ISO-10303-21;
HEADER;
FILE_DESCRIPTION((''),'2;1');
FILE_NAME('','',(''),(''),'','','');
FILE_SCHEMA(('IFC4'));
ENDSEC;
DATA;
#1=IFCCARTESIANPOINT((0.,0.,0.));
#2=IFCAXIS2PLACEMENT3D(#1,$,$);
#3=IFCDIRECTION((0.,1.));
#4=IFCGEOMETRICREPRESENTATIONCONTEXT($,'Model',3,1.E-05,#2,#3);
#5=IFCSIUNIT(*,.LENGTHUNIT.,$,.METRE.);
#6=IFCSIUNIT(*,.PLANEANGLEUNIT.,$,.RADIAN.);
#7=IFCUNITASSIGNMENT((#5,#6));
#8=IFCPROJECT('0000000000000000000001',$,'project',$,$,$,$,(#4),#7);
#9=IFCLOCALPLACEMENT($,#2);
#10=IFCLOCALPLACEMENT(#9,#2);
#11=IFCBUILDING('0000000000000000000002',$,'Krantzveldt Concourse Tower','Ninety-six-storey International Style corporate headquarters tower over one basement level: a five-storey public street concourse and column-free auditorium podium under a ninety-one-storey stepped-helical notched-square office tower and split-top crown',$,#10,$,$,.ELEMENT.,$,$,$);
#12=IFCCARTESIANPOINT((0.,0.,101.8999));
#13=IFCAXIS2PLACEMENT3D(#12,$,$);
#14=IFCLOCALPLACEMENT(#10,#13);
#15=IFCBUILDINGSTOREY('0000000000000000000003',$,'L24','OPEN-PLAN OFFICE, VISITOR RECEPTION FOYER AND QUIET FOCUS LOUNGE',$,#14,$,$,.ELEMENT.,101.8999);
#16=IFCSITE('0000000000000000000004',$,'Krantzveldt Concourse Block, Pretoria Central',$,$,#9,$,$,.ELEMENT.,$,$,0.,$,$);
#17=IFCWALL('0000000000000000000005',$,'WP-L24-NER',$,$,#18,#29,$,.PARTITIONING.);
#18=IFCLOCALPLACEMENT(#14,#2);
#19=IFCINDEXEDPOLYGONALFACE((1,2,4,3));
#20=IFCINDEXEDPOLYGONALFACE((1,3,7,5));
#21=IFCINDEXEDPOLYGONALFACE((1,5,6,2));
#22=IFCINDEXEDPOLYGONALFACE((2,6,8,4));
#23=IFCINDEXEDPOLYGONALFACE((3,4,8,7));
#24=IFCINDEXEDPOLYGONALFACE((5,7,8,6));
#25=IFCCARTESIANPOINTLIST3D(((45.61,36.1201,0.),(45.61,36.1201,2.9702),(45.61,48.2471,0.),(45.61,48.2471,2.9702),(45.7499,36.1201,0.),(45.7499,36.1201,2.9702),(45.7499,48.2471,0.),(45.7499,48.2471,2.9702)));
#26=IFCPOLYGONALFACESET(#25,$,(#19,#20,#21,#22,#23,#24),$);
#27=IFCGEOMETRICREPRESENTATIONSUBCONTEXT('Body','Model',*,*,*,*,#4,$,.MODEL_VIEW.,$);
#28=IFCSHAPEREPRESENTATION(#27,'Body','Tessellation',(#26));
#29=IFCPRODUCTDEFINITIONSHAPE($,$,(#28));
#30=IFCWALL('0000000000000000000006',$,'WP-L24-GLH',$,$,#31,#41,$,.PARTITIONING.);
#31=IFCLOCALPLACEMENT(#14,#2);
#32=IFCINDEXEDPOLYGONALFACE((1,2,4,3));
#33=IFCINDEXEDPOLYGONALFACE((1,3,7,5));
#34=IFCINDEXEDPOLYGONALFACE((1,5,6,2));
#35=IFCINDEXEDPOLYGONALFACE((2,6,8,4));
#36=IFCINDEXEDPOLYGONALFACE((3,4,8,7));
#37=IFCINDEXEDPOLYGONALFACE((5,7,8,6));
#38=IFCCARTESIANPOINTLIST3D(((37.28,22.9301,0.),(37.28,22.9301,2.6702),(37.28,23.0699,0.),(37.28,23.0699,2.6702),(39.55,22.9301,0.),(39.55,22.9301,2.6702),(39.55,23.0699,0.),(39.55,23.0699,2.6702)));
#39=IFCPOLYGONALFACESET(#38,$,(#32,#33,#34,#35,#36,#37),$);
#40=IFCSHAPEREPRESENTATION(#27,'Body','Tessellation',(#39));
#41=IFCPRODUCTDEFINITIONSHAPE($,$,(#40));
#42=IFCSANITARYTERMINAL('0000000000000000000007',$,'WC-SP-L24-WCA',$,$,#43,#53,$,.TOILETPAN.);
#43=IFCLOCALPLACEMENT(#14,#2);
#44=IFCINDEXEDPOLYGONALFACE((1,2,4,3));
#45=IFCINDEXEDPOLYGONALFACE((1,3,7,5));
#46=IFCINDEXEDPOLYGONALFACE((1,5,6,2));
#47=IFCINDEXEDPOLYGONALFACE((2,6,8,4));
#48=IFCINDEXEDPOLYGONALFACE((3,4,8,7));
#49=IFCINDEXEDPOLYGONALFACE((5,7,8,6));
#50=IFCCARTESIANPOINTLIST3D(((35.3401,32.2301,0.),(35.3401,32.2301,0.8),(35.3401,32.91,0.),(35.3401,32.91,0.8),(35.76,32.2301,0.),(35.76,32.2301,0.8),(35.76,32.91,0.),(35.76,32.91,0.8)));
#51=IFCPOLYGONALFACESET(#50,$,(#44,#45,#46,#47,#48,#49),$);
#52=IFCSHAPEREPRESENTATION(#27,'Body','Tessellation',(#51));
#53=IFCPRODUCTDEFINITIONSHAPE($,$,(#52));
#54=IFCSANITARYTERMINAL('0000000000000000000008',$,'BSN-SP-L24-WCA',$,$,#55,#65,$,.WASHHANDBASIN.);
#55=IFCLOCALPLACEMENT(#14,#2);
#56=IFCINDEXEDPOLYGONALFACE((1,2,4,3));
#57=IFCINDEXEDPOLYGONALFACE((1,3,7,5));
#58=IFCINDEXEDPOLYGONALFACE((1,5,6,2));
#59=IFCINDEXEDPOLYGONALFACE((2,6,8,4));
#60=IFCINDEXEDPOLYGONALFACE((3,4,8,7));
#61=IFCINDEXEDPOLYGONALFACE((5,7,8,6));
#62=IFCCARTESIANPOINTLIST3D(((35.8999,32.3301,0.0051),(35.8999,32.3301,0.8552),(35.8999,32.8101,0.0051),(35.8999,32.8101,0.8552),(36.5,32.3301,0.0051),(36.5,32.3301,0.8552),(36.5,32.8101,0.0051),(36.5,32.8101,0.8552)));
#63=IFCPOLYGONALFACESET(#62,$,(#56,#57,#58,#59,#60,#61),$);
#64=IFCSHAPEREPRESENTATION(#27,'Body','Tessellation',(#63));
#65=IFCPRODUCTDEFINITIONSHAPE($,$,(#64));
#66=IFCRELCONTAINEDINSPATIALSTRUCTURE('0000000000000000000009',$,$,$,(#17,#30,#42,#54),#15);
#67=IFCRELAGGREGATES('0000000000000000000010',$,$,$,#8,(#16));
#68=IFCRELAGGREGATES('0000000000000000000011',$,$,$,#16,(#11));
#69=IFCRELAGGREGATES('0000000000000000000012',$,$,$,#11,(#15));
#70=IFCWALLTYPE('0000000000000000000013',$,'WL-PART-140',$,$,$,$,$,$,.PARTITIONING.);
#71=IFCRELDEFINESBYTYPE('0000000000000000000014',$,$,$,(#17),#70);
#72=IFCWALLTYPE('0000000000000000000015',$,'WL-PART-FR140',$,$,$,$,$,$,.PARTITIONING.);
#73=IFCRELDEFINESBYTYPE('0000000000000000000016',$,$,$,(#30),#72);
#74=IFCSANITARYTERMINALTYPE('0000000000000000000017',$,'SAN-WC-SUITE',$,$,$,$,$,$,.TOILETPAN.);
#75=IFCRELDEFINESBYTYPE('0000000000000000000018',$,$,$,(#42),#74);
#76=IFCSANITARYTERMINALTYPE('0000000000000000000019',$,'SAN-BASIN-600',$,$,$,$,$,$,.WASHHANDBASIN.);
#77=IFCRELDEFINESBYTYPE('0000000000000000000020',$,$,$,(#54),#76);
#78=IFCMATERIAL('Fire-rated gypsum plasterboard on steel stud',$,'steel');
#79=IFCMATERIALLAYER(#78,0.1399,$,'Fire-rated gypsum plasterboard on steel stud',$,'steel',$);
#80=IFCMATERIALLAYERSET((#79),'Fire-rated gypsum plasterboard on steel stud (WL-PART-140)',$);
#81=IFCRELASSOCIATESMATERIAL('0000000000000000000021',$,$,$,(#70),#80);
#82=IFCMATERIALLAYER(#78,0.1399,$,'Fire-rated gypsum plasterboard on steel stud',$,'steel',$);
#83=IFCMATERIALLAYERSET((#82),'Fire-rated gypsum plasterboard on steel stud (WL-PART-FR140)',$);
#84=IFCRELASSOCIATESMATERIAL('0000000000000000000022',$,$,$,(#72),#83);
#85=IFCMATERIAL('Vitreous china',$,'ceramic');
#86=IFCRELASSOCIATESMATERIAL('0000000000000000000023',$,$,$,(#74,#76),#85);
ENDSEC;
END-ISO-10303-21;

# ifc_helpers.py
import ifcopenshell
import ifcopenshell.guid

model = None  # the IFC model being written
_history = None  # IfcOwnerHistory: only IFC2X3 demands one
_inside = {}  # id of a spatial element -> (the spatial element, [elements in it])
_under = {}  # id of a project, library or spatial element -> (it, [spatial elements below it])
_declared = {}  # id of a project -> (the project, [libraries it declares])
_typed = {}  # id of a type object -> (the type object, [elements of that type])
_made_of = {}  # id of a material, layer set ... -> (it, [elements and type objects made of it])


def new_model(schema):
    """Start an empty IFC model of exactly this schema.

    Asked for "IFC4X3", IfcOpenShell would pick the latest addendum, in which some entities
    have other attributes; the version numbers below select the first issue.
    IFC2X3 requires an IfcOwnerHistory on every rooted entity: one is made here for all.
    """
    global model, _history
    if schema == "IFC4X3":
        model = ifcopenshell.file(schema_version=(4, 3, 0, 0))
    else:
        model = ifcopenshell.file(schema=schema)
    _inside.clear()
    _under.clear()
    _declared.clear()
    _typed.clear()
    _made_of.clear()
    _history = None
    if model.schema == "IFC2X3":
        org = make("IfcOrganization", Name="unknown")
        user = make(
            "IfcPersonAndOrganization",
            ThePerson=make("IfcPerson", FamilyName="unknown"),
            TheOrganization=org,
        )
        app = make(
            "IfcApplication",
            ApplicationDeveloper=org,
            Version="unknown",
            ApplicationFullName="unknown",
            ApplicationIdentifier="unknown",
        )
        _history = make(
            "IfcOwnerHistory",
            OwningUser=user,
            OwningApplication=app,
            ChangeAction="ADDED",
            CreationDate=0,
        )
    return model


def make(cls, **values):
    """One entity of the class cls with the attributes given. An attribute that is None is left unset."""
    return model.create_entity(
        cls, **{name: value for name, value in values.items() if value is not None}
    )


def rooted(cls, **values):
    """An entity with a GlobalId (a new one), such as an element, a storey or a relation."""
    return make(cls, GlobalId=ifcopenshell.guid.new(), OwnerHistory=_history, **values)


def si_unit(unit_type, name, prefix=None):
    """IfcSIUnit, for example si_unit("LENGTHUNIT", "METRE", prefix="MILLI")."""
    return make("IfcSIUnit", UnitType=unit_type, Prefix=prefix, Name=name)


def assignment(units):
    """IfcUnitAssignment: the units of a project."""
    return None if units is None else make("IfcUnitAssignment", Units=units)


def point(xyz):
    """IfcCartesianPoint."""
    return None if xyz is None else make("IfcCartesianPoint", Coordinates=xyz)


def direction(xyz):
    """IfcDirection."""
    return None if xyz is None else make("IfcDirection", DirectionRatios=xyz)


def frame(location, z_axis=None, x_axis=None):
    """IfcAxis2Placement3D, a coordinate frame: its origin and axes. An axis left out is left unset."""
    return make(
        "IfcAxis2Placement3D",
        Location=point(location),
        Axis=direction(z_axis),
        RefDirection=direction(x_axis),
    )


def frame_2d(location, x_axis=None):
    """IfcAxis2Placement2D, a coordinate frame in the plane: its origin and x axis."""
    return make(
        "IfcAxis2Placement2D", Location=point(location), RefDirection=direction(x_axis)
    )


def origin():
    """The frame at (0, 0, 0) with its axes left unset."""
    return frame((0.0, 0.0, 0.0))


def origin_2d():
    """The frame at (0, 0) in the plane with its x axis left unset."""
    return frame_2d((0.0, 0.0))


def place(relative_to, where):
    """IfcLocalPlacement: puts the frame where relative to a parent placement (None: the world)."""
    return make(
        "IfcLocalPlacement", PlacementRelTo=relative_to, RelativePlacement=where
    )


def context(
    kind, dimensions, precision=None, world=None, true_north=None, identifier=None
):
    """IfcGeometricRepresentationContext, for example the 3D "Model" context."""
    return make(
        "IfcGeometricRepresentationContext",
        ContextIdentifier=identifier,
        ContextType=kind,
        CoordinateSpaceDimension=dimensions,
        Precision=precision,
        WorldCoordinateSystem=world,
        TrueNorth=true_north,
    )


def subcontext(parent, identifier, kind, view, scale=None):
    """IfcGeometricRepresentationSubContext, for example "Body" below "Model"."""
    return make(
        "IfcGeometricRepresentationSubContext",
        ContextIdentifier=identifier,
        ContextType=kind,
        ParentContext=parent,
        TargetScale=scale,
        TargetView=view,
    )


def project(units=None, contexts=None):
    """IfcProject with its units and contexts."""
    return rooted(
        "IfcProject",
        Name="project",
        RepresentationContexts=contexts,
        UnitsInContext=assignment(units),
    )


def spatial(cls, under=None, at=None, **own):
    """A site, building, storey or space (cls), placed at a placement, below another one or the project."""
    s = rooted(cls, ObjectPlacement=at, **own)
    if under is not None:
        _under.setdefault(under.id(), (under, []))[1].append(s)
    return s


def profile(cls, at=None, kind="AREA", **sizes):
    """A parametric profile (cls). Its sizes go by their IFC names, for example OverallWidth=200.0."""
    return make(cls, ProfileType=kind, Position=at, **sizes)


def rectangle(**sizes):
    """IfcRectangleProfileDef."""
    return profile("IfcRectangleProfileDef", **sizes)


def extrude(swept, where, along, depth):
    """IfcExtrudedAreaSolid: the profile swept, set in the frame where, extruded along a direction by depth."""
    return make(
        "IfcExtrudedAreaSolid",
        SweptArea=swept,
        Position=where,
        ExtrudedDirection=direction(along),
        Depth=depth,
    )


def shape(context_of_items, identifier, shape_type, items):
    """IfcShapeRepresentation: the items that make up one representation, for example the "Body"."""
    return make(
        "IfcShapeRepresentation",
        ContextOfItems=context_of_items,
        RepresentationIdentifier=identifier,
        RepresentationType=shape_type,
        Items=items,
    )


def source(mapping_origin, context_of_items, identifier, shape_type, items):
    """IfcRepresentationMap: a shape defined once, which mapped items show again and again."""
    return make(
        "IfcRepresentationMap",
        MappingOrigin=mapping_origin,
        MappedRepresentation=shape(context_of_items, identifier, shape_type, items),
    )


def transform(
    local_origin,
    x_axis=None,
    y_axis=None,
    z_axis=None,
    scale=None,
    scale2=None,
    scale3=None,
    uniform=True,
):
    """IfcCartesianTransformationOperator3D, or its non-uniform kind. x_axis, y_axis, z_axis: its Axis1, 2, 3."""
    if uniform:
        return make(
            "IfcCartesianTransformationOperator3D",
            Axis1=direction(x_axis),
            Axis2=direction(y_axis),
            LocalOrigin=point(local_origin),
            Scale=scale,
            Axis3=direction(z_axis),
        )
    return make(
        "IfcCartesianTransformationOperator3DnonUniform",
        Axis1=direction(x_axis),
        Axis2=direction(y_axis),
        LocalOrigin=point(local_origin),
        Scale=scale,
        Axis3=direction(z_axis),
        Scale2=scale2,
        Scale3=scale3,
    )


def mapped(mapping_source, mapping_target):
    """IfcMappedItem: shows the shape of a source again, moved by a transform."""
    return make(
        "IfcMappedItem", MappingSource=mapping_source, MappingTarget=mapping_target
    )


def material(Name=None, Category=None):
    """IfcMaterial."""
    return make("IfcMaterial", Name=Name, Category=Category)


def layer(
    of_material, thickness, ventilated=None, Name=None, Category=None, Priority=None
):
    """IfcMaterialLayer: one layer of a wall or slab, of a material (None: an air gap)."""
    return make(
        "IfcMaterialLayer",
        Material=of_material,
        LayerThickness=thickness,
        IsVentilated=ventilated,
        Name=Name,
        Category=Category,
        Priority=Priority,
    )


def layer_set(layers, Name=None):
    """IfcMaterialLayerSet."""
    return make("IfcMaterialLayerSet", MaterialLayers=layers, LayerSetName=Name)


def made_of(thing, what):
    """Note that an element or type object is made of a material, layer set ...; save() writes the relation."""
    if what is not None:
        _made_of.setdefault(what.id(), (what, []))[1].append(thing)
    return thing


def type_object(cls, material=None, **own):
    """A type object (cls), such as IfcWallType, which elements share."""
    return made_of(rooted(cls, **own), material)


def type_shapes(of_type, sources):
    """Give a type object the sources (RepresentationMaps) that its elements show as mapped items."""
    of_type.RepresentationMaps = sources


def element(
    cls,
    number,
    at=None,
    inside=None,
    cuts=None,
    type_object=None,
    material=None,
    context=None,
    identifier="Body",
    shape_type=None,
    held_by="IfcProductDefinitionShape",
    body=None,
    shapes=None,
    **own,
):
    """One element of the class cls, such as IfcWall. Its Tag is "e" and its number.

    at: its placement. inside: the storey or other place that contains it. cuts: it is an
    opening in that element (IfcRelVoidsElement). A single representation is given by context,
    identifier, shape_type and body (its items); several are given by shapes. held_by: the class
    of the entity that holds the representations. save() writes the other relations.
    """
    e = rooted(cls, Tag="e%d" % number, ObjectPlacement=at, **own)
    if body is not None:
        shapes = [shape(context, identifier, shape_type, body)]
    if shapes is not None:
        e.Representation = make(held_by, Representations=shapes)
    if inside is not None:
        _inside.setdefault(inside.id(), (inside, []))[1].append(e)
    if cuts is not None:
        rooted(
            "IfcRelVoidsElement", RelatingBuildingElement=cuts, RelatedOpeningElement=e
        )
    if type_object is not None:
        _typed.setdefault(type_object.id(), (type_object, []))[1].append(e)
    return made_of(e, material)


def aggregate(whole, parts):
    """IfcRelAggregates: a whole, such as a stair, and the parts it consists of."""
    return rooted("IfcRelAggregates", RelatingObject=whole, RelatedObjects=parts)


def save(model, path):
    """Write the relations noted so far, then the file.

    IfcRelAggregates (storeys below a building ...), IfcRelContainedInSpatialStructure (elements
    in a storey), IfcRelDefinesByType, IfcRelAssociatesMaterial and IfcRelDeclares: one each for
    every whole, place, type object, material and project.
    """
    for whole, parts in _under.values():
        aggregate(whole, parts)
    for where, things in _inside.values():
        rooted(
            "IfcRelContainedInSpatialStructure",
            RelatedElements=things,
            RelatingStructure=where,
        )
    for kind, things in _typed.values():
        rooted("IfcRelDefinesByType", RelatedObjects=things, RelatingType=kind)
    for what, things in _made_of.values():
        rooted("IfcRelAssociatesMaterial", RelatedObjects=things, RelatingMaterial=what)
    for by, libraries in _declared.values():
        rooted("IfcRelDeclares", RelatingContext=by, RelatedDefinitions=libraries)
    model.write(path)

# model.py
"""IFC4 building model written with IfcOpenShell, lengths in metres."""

from ifc_helpers import new_model, si_unit, direction, frame, frame_2d, origin, origin_2d, place, context, subcontext, project, spatial, rectangle, extrude, source, transform, mapped, material, layer, layer_set, type_object, type_shapes, element, save


model = new_model("IFC4")

# Units and contexts
model_context = context("Model", 3, precision=1e-05, world=origin(), true_north=direction((0.0, 1.0)))
body_context = subcontext(model_context, "Body", "Model", "MODEL_VIEW")
ifc_project = project(units=[si_unit("LENGTHUNIT", "METRE"), si_unit("PLANEANGLEUNIT", "RADIAN")], contexts=[model_context])

# Site, building, storey
site_placement = place(None, origin())
site = spatial("IfcSite", under=ifc_project, at=site_placement, Name="Krantzveldt Concourse Block, Pretoria Central", CompositionType="ELEMENT", RefElevation=0.0)
building_placement = place(site_placement, origin())
building = spatial("IfcBuilding", under=site, at=building_placement, Name="Krantzveldt Concourse Tower", Description="Ninety-six-storey International Style corporate headquarters tower over one basement level: a five-storey public street concourse and column-free auditorium podium under a ninety-one-storey stepped-helical notched-square office tower and split-top crown", CompositionType="ELEMENT")
storey_placement = place(building_placement, frame((0.0, 0.0, 101.8999)))
storey = spatial("IfcBuildingStorey", under=building, at=storey_placement, Name="L24", Description="OPEN-PLAN OFFICE, VISITOR RECEPTION FOYER AND QUIET FOCUS LOUNGE", CompositionType="ELEMENT", Elevation=101.8999)

# Walls
ifc_material_1 = material(Name="Fire-rated gypsum plasterboard on steel stud", Category="steel")
ifc_layer_1 = layer(ifc_material_1, 0.1399, Name="Fire-rated gypsum plasterboard on steel stud", Category="steel")
ifc_layer_set_1 = layer_set([ifc_layer_1], Name="Fire-rated gypsum plasterboard on steel stud (WL-PART-140)")
wall_type_1 = type_object("IfcWallType", Name="WL-PART-140", PredefinedType="PARTITIONING", material=ifc_layer_set_1)
wall_1_placement = place(storey_placement, frame((45.6799, 36.1201, 0.0), z_axis=(0.0, 0.0, 1.0), x_axis=(0.0, 1.0, 0.0)))
element("IfcWall", 1, at=wall_1_placement, inside=storey, type_object=wall_type_1, Name="WP-L24-NER", PredefinedType="PARTITIONING", context=body_context, shape_type="SweptSolid", body=[
    extrude(rectangle(XDim=12.127, YDim=0.1399, at=frame_2d((6.0635, 0.0))), origin(), (0.0, 0.0, 1.0), 2.9702),
])
ifc_layer_2 = layer(ifc_material_1, 0.1399, Name="Fire-rated gypsum plasterboard on steel stud", Category="steel")
ifc_layer_set_2 = layer_set([ifc_layer_2], Name="Fire-rated gypsum plasterboard on steel stud (WL-PART-FR140)")
wall_type_2 = type_object("IfcWallType", Name="WL-PART-FR140", PredefinedType="PARTITIONING", material=ifc_layer_set_2)
wall_2_placement = place(storey_placement, frame((37.28, 23.0, 0.0), z_axis=(0.0, 0.0, 1.0), x_axis=(1.0, 0.0, 0.0)))
element("IfcWall", 2, at=wall_2_placement, inside=storey, type_object=wall_type_2, Name="WP-L24-GLH", PredefinedType="PARTITIONING", context=body_context, shape_type="SweptSolid", body=[
    extrude(rectangle(XDim=2.27, YDim=0.1399, at=frame_2d((1.135, 0.0))), origin(), (0.0, 0.0, 1.0), 2.6702),
])

# Sanitary terminals
ifc_material_2 = material(Name="Vitreous china", Category="ceramic")
sanitary_terminal_type_1 = type_object("IfcSanitaryTerminalType", Name="SAN-WC-SUITE", PredefinedType="TOILETPAN", material=ifc_material_2)
shared_shape_1 = source(origin(), body_context, "Body", "SweptSolid", [
    extrude(rectangle(XDim=0.4199, YDim=0.6799, at=origin_2d()), origin(), (0.0, 0.0, 1.0), 0.8),
])
type_shapes(sanitary_terminal_type_1, [shared_shape_1])
sanitary_terminal_1_placement = place(storey_placement, frame((35.55, 32.5701, 0.0), z_axis=(0.0, 0.0, 1.0), x_axis=(1.0, 0.0, 0.0)))
element("IfcSanitaryTerminal", 3, at=sanitary_terminal_1_placement, inside=storey, type_object=sanitary_terminal_type_1, Name="WC-SP-L24-WCA", PredefinedType="TOILETPAN", context=body_context, shape_type="MappedRepresentation", body=[
    mapped(shared_shape_1, transform((0.0, 0.0, 0.0), x_axis=(1.0, 0.0, 0.0), y_axis=(0.0, 1.0, 0.0), z_axis=(0.0, 0.0, 1.0), scale=1.0)),
])
sanitary_terminal_type_2 = type_object("IfcSanitaryTerminalType", Name="SAN-BASIN-600", PredefinedType="WASHHANDBASIN", material=ifc_material_2)
shared_shape_2 = source(origin(), body_context, "Body", "SweptSolid", [
    extrude(rectangle(XDim=0.6001, YDim=0.48, at=origin_2d()), origin(), (0.0, 0.0, 1.0), 0.8501),
])
type_shapes(sanitary_terminal_type_2, [shared_shape_2])
sanitary_terminal_2_placement = place(storey_placement, frame((36.2, 32.5701, 0.0051), z_axis=(0.0, 0.0, 1.0), x_axis=(1.0, 0.0, 0.0)))
element("IfcSanitaryTerminal", 4, at=sanitary_terminal_2_placement, inside=storey, type_object=sanitary_terminal_type_2, Name="BSN-SP-L24-WCA", PredefinedType="WASHHANDBASIN", context=body_context, shape_type="MappedRepresentation", body=[
    mapped(shared_shape_2, transform((0.0, 0.0, 0.0), x_axis=(1.0, 0.0, 0.0), y_axis=(0.0, 1.0, 0.0), z_axis=(0.0, 0.0, 1.0), scale=1.0)),
])

save(model, "model.ifc")
